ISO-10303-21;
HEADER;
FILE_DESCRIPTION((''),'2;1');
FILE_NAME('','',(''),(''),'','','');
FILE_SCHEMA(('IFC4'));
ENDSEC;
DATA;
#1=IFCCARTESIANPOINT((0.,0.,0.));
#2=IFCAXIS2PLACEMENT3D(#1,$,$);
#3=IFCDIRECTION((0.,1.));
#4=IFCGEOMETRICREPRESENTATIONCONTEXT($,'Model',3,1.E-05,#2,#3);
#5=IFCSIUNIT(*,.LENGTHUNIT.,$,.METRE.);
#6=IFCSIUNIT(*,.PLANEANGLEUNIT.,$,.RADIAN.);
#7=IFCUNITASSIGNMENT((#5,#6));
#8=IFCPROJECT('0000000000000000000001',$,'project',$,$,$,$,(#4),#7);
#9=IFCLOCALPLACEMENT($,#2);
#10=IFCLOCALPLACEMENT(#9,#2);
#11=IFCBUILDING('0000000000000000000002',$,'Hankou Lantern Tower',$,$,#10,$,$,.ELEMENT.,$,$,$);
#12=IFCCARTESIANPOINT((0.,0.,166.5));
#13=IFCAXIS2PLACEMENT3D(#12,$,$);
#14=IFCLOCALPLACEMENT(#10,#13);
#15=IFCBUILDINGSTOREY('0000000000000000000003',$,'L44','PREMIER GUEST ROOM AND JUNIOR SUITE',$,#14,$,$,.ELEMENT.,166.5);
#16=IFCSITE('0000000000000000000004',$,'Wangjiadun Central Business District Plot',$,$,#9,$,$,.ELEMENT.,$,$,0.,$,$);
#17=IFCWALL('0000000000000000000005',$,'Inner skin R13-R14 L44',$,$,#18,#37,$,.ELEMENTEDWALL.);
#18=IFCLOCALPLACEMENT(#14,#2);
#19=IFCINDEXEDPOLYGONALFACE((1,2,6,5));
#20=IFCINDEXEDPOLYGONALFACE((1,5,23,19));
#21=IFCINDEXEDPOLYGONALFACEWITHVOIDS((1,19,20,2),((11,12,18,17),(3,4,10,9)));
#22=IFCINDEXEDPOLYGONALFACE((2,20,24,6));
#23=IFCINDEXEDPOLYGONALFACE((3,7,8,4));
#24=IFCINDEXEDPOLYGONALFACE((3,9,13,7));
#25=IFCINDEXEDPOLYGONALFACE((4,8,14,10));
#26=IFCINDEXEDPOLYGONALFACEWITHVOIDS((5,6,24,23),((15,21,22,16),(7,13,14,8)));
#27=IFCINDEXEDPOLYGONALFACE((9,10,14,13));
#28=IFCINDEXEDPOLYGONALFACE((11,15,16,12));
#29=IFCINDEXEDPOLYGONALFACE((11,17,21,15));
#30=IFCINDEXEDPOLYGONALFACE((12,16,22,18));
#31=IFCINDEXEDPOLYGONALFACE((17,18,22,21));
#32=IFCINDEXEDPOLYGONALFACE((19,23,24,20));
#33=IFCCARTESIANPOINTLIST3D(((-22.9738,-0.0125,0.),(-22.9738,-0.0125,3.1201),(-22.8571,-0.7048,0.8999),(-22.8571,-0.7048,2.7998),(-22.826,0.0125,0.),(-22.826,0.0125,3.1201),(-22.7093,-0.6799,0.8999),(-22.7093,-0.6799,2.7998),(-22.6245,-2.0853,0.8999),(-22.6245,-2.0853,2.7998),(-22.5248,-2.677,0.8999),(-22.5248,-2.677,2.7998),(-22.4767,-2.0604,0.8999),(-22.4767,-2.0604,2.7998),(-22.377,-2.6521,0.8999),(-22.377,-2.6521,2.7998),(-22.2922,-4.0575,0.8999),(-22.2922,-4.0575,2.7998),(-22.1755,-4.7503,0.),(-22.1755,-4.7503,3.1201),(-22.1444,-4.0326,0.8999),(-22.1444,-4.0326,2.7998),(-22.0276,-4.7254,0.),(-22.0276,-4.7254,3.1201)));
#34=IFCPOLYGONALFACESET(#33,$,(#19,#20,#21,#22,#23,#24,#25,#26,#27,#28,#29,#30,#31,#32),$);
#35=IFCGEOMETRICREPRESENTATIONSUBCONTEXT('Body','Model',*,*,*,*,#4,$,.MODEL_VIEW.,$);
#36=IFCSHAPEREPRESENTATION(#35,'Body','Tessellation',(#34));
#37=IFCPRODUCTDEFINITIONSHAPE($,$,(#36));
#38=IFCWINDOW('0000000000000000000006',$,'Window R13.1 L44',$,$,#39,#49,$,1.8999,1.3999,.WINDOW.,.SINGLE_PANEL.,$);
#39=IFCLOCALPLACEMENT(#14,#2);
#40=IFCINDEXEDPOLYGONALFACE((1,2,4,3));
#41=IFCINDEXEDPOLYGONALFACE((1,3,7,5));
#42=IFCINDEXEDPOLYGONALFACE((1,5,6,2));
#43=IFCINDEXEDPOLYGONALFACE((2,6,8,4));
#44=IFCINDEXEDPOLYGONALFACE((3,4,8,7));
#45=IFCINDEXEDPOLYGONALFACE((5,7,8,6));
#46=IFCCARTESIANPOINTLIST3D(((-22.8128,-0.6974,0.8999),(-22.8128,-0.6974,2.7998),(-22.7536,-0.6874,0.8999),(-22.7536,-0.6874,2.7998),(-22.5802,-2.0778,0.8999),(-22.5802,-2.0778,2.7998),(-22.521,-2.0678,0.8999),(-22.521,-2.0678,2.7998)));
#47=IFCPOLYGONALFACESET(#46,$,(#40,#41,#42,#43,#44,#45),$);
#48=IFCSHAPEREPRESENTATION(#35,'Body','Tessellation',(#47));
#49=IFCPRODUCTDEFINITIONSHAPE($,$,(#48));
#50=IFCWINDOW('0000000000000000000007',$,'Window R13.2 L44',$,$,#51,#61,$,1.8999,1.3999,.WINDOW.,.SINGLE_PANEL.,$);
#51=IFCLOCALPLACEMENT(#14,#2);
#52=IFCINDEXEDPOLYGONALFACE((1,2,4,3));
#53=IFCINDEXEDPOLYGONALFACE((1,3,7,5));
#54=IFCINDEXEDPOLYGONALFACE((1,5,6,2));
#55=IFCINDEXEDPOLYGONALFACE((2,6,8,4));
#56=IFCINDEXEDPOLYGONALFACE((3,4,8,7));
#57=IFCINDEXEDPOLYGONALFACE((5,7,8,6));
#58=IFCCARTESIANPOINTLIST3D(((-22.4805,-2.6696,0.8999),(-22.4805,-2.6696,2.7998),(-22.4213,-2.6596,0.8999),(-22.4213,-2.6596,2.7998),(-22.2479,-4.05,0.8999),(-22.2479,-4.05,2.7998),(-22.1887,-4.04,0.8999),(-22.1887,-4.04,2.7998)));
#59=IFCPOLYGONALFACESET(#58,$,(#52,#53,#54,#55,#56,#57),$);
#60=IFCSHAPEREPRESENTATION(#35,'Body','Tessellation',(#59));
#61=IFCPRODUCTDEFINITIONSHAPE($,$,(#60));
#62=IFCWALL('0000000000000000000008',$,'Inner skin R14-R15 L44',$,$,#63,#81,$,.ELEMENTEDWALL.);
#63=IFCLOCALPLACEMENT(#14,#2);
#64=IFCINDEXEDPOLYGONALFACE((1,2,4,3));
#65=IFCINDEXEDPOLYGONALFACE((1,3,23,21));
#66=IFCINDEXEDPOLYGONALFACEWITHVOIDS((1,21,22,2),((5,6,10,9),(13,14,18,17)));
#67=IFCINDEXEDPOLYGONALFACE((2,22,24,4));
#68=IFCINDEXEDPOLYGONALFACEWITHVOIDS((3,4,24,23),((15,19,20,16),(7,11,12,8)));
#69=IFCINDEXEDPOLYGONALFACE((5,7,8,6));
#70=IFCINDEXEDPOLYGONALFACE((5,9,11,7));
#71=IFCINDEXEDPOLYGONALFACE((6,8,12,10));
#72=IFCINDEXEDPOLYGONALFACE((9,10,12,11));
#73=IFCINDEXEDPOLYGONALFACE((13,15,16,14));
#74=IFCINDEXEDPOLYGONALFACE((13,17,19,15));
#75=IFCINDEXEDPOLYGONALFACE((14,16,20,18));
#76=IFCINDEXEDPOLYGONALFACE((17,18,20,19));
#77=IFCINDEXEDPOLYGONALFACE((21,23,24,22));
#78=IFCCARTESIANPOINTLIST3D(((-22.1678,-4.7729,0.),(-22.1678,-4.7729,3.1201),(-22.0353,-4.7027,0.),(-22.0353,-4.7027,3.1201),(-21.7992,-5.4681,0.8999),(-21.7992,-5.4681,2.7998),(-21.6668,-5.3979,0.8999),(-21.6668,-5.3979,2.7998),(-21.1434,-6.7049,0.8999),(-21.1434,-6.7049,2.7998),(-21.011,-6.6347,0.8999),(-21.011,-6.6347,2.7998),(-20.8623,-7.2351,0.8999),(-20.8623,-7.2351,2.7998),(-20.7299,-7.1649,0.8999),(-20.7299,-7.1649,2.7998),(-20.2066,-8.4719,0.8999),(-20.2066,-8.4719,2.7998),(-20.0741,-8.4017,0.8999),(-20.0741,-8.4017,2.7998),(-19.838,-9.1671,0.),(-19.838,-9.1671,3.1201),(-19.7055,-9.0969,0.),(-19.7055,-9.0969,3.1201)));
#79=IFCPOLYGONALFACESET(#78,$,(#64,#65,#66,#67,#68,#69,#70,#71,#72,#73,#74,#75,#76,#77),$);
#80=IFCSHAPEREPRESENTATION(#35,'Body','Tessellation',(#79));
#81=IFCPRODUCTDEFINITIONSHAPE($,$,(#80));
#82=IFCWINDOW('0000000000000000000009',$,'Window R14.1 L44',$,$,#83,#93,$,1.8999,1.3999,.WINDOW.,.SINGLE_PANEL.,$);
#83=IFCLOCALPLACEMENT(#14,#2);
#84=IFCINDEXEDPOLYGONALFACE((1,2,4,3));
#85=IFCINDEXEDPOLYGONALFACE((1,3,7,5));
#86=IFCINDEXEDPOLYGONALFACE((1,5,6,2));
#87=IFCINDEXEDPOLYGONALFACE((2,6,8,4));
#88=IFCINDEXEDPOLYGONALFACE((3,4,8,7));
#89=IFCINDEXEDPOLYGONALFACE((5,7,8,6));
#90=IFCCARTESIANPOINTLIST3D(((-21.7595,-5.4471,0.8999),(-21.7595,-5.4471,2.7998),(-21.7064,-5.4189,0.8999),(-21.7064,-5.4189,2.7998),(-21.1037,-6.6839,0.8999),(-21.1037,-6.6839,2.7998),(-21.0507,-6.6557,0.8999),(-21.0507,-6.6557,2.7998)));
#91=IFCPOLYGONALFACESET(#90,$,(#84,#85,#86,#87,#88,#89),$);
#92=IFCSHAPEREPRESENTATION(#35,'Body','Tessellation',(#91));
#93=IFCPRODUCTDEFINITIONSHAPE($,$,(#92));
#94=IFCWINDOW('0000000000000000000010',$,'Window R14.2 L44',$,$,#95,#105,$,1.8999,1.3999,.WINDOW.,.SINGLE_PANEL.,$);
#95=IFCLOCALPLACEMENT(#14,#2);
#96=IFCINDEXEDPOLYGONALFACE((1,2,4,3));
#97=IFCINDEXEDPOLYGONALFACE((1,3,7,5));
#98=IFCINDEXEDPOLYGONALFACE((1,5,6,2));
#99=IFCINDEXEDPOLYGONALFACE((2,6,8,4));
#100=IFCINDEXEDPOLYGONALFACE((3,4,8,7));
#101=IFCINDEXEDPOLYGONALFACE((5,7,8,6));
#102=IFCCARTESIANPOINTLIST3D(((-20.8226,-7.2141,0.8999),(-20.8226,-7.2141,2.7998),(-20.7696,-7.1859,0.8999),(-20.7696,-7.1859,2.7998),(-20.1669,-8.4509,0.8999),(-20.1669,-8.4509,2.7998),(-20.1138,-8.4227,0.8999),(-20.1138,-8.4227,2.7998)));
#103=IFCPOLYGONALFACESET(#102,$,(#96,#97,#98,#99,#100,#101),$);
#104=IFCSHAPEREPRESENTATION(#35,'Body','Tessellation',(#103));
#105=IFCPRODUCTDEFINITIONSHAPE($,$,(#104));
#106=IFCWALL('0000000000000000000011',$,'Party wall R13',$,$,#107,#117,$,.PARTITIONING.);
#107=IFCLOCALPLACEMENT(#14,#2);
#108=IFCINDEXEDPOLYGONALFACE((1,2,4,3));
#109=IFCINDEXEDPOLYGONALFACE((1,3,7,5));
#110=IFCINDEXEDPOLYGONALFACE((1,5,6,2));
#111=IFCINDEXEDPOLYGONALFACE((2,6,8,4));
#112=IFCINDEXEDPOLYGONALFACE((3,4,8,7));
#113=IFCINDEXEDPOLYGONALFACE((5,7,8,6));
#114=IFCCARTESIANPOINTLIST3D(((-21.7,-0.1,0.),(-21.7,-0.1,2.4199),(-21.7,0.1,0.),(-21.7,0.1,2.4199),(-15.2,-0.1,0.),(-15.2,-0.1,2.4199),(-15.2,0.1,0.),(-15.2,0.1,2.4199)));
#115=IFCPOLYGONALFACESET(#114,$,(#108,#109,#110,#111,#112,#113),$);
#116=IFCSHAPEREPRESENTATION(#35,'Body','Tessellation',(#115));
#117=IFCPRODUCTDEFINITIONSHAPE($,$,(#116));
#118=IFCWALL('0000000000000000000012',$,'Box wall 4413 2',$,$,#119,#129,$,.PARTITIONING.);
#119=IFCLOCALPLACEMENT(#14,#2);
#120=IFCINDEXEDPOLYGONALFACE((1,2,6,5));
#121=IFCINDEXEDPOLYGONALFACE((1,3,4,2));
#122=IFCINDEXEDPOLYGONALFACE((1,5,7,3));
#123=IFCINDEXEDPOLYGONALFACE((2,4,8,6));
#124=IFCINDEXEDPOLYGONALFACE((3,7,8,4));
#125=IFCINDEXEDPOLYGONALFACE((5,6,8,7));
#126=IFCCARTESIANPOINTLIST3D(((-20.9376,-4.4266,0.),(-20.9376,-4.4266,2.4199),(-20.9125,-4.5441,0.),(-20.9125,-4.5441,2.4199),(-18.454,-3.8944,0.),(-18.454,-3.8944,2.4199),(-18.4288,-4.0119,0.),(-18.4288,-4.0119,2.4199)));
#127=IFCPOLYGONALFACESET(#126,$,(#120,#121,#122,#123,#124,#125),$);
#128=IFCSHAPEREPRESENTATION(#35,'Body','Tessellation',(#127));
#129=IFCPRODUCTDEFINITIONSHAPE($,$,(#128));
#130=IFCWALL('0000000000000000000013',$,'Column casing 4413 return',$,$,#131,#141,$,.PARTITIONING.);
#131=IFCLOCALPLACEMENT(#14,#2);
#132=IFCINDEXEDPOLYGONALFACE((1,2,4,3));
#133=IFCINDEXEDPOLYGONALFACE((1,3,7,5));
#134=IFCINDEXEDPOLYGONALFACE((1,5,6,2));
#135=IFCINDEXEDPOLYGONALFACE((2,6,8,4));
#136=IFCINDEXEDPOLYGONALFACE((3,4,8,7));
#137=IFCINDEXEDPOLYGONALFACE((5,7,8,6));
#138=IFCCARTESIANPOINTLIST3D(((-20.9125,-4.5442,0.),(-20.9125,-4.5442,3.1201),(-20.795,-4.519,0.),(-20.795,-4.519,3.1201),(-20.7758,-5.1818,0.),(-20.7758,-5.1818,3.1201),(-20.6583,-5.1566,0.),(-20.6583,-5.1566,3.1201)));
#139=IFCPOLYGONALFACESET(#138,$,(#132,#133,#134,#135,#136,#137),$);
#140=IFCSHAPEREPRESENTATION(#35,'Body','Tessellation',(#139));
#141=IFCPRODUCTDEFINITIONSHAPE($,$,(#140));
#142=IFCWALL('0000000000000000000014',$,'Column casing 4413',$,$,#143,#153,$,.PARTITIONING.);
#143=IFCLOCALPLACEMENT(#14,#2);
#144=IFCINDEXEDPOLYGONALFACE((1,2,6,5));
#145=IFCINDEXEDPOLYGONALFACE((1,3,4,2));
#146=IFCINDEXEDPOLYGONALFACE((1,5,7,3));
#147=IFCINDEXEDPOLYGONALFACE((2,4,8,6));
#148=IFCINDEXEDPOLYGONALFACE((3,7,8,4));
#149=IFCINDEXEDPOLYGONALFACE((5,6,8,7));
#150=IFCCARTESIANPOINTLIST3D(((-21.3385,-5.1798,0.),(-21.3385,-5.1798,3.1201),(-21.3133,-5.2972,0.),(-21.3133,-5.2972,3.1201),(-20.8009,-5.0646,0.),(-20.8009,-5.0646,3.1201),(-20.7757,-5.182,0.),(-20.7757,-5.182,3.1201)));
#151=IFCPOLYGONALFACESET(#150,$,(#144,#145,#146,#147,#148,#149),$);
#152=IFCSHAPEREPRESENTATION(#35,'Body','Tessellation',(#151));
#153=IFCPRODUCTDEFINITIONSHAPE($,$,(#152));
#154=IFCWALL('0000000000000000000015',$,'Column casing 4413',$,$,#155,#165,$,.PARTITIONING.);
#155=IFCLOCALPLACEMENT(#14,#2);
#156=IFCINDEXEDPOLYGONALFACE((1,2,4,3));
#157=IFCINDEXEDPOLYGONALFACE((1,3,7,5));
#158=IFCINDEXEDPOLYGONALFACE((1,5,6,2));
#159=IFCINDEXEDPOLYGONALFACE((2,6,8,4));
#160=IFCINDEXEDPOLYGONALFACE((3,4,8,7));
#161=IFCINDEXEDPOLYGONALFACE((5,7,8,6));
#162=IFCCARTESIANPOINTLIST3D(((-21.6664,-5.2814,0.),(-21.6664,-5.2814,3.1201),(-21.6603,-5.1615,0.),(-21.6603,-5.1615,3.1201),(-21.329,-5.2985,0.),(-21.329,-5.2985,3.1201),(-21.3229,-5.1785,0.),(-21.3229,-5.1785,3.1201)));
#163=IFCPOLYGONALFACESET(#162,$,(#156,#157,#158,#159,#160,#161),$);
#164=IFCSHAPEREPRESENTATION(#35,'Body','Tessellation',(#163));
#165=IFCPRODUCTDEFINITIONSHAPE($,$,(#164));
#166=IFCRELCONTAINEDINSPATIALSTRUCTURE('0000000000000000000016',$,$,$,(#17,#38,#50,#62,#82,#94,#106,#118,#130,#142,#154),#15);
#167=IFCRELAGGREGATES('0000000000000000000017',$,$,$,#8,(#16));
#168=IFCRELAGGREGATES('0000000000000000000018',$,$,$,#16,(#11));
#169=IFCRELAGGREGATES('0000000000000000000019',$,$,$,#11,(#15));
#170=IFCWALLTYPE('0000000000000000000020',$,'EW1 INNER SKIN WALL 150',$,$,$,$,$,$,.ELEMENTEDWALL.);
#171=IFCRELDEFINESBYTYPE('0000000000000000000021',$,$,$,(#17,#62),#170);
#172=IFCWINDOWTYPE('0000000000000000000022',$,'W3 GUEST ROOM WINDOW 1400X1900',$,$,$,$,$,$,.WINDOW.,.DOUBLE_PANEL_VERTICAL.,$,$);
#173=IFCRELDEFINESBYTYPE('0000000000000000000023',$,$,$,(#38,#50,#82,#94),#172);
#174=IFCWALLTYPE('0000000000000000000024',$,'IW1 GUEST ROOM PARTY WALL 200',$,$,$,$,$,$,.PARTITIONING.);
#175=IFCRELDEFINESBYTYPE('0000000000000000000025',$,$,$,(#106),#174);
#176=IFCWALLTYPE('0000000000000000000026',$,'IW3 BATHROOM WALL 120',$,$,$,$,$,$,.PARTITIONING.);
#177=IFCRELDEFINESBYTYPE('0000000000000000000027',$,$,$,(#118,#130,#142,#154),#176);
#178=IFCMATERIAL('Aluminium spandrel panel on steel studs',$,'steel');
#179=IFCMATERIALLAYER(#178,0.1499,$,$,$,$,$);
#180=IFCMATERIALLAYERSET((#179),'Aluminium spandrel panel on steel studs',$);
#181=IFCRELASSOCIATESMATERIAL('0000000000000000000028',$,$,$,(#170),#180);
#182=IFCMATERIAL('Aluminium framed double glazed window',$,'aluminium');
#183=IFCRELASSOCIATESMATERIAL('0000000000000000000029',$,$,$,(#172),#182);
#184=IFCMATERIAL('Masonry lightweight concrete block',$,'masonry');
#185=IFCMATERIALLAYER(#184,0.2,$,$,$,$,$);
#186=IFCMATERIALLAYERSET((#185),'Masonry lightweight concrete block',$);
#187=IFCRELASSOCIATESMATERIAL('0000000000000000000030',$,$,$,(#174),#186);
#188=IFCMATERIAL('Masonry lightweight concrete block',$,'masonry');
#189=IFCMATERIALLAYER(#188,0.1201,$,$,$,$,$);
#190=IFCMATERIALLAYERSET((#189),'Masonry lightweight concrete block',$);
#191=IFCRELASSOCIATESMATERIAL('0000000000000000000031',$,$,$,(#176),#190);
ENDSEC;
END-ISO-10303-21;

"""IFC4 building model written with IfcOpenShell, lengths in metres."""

from ifc_helpers import new_model, si_unit, direction, frame, frame_2d, origin, place, context, subcontext, project, spatial, rectangle, extrude, material, layer, layer_set, type_object, element, fill, save


model = new_model("IFC4")

# Units and contexts
model_context = context("Model", 3, precision=1e-05, world=origin(), true_north=direction((0.0, 1.0)))
body_context = subcontext(model_context, "Body", "Model", "MODEL_VIEW")
ifc_project = project(units=[si_unit("LENGTHUNIT", "METRE"), si_unit("PLANEANGLEUNIT", "RADIAN")], contexts=[model_context])

# Site, building, storey
site_placement = place(None, origin())
site = spatial("IfcSite", under=ifc_project, at=site_placement, Name="Wangjiadun Central Business District Plot", CompositionType="ELEMENT", RefElevation=0.0)
building_placement = place(site_placement, origin())
building = spatial("IfcBuilding", under=site, at=building_placement, Name="Hankou Lantern Tower", CompositionType="ELEMENT")
storey_placement = place(building_placement, frame((0.0, 0.0, 166.5)))
storey = spatial("IfcBuildingStorey", under=building, at=storey_placement, Name="L44", Description="PREMIER GUEST ROOM AND JUNIOR SUITE", CompositionType="ELEMENT", Elevation=166.5)

# Walls, openings, windows
ifc_material_1 = material(Name="Aluminium spandrel panel on steel studs", Category="steel")
ifc_layer_1 = layer(ifc_material_1, 0.1499)
ifc_layer_set_1 = layer_set([ifc_layer_1], Name="Aluminium spandrel panel on steel studs")
wall_type_1 = type_object("IfcWallType", Name="EW1 INNER SKIN WALL 150", PredefinedType="ELEMENTEDWALL", material=ifc_layer_set_1)
wall_1_placement = place(storey_placement, frame((-22.8999, 0.0, 0.0), z_axis=(0.0, 0.0, 1.0), x_axis=(0.166162, -0.986098, 0.0)))
wall_1 = element("IfcWall", 1, at=wall_1_placement, inside=storey, type_object=wall_type_1, Name="Inner skin R13-R14 L44", PredefinedType="ELEMENTEDWALL", context=body_context, shape_type="SweptSolid", body=[
    extrude(rectangle(XDim=4.8047, YDim=0.1499, at=frame_2d((2.4023, 0.0))), origin(), (0.0, 0.0, 1.0), 3.1201),
])
opening_1_placement = place(wall_1_placement, frame((0.7021, 0.0, 0.8999)))
opening_1 = element("IfcOpeningElement", 2, at=opening_1_placement, cuts=wall_1, PredefinedType="OPENING", context=body_context, shape_type="SweptSolid", body=[
    extrude(rectangle(XDim=1.3999, YDim=1.8999, at=frame_2d((0.7, 0.95))), frame((0.0, 0.085, 0.0), z_axis=(0.0, -1.0, 0.0), x_axis=(1.0, 0.0, 0.0)), (0.0, 0.0, 1.0), 0.1699),
])
opening_2_placement = place(wall_1_placement, frame((2.7021, 0.0, 0.8999)))
opening_2 = element("IfcOpeningElement", 3, at=opening_2_placement, cuts=wall_1, PredefinedType="OPENING", context=body_context, shape_type="SweptSolid", body=[
    extrude(rectangle(XDim=1.3999, YDim=1.8999, at=frame_2d((0.7, 0.95))), frame((0.0, 0.085, 0.0), z_axis=(0.0, -1.0, 0.0), x_axis=(1.0, 0.0, 0.0)), (0.0, 0.0, 1.0), 0.1699),
])
ifc_material_2 = material(Name="Aluminium framed double glazed window", Category="aluminium")
window_type = type_object("IfcWindowType", Name="W3 GUEST ROOM WINDOW 1400X1900", PartitioningType="DOUBLE_PANEL_VERTICAL", PredefinedType="WINDOW", material=ifc_material_2)
window_1_placement = place(opening_1_placement, origin())
window_1 = element("IfcWindow", 4, at=window_1_placement, inside=storey, type_object=window_type, Name="Window R13.1 L44", OverallHeight=1.8999, OverallWidth=1.3999, PartitioningType="SINGLE_PANEL", PredefinedType="WINDOW", context=body_context, shape_type="SweptSolid", body=[
    extrude(rectangle(XDim=1.3999, YDim=1.8999, at=frame_2d((0.7, 0.95))), frame((0.0, 0.03, 0.0), z_axis=(0.0, -1.0, 0.0), x_axis=(1.0, 0.0, 0.0)), (0.0, 0.0, 1.0), 0.0601),
])
fill(opening_1, window_1)
window_2_placement = place(opening_2_placement, origin())
window_2 = element("IfcWindow", 5, at=window_2_placement, inside=storey, type_object=window_type, Name="Window R13.2 L44", OverallHeight=1.8999, OverallWidth=1.3999, PartitioningType="SINGLE_PANEL", PredefinedType="WINDOW", context=body_context, shape_type="SweptSolid", body=[
    extrude(rectangle(XDim=1.3999, YDim=1.8999, at=frame_2d((0.7, 0.95))), frame((0.0, 0.03, 0.0), z_axis=(0.0, -1.0, 0.0), x_axis=(1.0, 0.0, 0.0)), (0.0, 0.0, 1.0), 0.0601),
])
fill(opening_2, window_2)
wall_2_placement = place(storey_placement, frame((-22.1016, -4.7378, 0.0), z_axis=(0.0, 0.0, 1.0), x_axis=(0.468429, -0.883501, 0.0)))
wall_2 = element("IfcWall", 6, at=wall_2_placement, inside=storey, type_object=wall_type_1, Name="Inner skin R14-R15 L44", PredefinedType="ELEMENTEDWALL", context=body_context, shape_type="SweptSolid", body=[
    extrude(rectangle(XDim=4.9736, YDim=0.1499, at=frame_2d((2.4868, 0.0))), origin(), (0.0, 0.0, 1.0), 3.1201),
])
opening_3_placement = place(wall_2_placement, frame((0.7869, 0.0, 0.8999)))
opening_3 = element("IfcOpeningElement", 7, at=opening_3_placement, cuts=wall_2, PredefinedType="OPENING", context=body_context, shape_type="SweptSolid", body=[
    extrude(rectangle(XDim=1.3999, YDim=1.8999, at=frame_2d((0.7, 0.95))), frame((0.0, 0.085, 0.0), z_axis=(0.0, -1.0, 0.0), x_axis=(1.0, 0.0, 0.0)), (0.0, 0.0, 1.0), 0.1699),
])
opening_4_placement = place(wall_2_placement, frame((2.7869, 0.0, 0.8999)))
opening_4 = element("IfcOpeningElement", 8, at=opening_4_placement, cuts=wall_2, PredefinedType="OPENING", context=body_context, shape_type="SweptSolid", body=[
    extrude(rectangle(XDim=1.3999, YDim=1.8999, at=frame_2d((0.7, 0.95))), frame((0.0, 0.085, 0.0), z_axis=(0.0, -1.0, 0.0), x_axis=(1.0, 0.0, 0.0)), (0.0, 0.0, 1.0), 0.1699),
])
window_3_placement = place(opening_3_placement, origin())
window_3 = element("IfcWindow", 9, at=window_3_placement, inside=storey, type_object=window_type, Name="Window R14.1 L44", OverallHeight=1.8999, OverallWidth=1.3999, PartitioningType="SINGLE_PANEL", PredefinedType="WINDOW", context=body_context, shape_type="SweptSolid", body=[
    extrude(rectangle(XDim=1.3999, YDim=1.8999, at=frame_2d((0.7, 0.95))), frame((0.0, 0.03, 0.0), z_axis=(0.0, -1.0, 0.0), x_axis=(1.0, 0.0, 0.0)), (0.0, 0.0, 1.0), 0.0601),
])
fill(opening_3, window_3)
window_4_placement = place(opening_4_placement, origin())
window_4 = element("IfcWindow", 10, at=window_4_placement, inside=storey, type_object=window_type, Name="Window R14.2 L44", OverallHeight=1.8999, OverallWidth=1.3999, PartitioningType="SINGLE_PANEL", PredefinedType="WINDOW", context=body_context, shape_type="SweptSolid", body=[
    extrude(rectangle(XDim=1.3999, YDim=1.8999, at=frame_2d((0.7, 0.95))), frame((0.0, 0.03, 0.0), z_axis=(0.0, -1.0, 0.0), x_axis=(1.0, 0.0, 0.0)), (0.0, 0.0, 1.0), 0.0601),
])
fill(opening_4, window_4)

# Walls
ifc_material_3 = material(Name="Masonry lightweight concrete block", Category="masonry")
ifc_layer_2 = layer(ifc_material_3, 0.2)
ifc_layer_set_2 = layer_set([ifc_layer_2], Name="Masonry lightweight concrete block")
wall_type_2 = type_object("IfcWallType", Name="IW1 GUEST ROOM PARTY WALL 200", PredefinedType="PARTITIONING", material=ifc_layer_set_2)
wall_3_placement = place(storey_placement, frame((-15.2, 0.0, 0.0), z_axis=(0.0, 0.0, 1.0), x_axis=(-1.0, 0.0, 0.0)))
element("IfcWall", 11, at=wall_3_placement, inside=storey, type_object=wall_type_2, Name="Party wall R13", PredefinedType="PARTITIONING", context=body_context, shape_type="SweptSolid", body=[
    extrude(rectangle(XDim=6.5, YDim=0.2, at=frame_2d((3.25, 0.0))), origin(), (0.0, 0.0, 1.0), 2.4199),
])
ifc_material_4 = material(Name="Masonry lightweight concrete block", Category="masonry")
ifc_layer_3 = layer(ifc_material_4, 0.1201)
ifc_layer_set_3 = layer_set([ifc_layer_3], Name="Masonry lightweight concrete block")
wall_type_3 = type_object("IfcWallType", Name="IW3 BATHROOM WALL 120", PredefinedType="PARTITIONING", material=ifc_layer_set_3)
wall_4_placement = place(storey_placement, frame((-18.4414, -3.9531, 0.0), z_axis=(0.0, 0.0, 1.0), x_axis=(-0.977801, -0.209536, 0.0)))
element("IfcWall", 12, at=wall_4_placement, inside=storey, type_object=wall_type_3, Name="Box wall 4413 2", PredefinedType="PARTITIONING", context=body_context, shape_type="SweptSolid", body=[
    extrude(rectangle(XDim=2.54, YDim=0.1201, at=frame_2d((1.27, 0.0))), origin(), (0.0, 0.0, 1.0), 2.4199),
])
wall_5_placement = place(storey_placement, frame((-20.8538, -4.5315, 0.0), z_axis=(0.0, 0.0, 1.0), x_axis=(0.209631, -0.97778, 0.0)))
element("IfcWall", 13, at=wall_5_placement, inside=storey, type_object=wall_type_3, Name="Column casing 4413 return", PredefinedType="PARTITIONING", context=body_context, shape_type="SweptSolid", body=[
    extrude(rectangle(XDim=0.6521, YDim=0.1201, at=frame_2d((0.3262, 0.0))), origin(), (0.0, 0.0, 1.0), 3.1201),
])
wall_6_placement = place(storey_placement, frame((-20.7883, -5.1233, 0.0), z_axis=(0.0, 0.0, 1.0), x_axis=(-0.977789, -0.20959, 0.0)))
element("IfcWall", 14, at=wall_6_placement, inside=storey, type_object=wall_type_3, Name="Column casing 4413", PredefinedType="PARTITIONING", context=body_context, shape_type="SweptSolid", body=[
    extrude(rectangle(XDim=0.5498, YDim=0.1201, at=frame_2d((0.2749, 0.0))), origin(), (0.0, 0.0, 1.0), 3.1201),
])
wall_7_placement = place(storey_placement, frame((-21.3259, -5.2385, 0.0), z_axis=(0.0, 0.0, 1.0), x_axis=(-0.99872, 0.050586, 0.0)))
element("IfcWall", 15, at=wall_7_placement, inside=storey, type_object=wall_type_3, Name="Column casing 4413", PredefinedType="PARTITIONING", context=body_context, shape_type="SweptSolid", body=[
    extrude(rectangle(XDim=0.3379, YDim=0.1201, at=frame_2d((0.1689, 0.0))), origin(), (0.0, 0.0, 1.0), 3.1201),
])

save(model, "model.ifc")
